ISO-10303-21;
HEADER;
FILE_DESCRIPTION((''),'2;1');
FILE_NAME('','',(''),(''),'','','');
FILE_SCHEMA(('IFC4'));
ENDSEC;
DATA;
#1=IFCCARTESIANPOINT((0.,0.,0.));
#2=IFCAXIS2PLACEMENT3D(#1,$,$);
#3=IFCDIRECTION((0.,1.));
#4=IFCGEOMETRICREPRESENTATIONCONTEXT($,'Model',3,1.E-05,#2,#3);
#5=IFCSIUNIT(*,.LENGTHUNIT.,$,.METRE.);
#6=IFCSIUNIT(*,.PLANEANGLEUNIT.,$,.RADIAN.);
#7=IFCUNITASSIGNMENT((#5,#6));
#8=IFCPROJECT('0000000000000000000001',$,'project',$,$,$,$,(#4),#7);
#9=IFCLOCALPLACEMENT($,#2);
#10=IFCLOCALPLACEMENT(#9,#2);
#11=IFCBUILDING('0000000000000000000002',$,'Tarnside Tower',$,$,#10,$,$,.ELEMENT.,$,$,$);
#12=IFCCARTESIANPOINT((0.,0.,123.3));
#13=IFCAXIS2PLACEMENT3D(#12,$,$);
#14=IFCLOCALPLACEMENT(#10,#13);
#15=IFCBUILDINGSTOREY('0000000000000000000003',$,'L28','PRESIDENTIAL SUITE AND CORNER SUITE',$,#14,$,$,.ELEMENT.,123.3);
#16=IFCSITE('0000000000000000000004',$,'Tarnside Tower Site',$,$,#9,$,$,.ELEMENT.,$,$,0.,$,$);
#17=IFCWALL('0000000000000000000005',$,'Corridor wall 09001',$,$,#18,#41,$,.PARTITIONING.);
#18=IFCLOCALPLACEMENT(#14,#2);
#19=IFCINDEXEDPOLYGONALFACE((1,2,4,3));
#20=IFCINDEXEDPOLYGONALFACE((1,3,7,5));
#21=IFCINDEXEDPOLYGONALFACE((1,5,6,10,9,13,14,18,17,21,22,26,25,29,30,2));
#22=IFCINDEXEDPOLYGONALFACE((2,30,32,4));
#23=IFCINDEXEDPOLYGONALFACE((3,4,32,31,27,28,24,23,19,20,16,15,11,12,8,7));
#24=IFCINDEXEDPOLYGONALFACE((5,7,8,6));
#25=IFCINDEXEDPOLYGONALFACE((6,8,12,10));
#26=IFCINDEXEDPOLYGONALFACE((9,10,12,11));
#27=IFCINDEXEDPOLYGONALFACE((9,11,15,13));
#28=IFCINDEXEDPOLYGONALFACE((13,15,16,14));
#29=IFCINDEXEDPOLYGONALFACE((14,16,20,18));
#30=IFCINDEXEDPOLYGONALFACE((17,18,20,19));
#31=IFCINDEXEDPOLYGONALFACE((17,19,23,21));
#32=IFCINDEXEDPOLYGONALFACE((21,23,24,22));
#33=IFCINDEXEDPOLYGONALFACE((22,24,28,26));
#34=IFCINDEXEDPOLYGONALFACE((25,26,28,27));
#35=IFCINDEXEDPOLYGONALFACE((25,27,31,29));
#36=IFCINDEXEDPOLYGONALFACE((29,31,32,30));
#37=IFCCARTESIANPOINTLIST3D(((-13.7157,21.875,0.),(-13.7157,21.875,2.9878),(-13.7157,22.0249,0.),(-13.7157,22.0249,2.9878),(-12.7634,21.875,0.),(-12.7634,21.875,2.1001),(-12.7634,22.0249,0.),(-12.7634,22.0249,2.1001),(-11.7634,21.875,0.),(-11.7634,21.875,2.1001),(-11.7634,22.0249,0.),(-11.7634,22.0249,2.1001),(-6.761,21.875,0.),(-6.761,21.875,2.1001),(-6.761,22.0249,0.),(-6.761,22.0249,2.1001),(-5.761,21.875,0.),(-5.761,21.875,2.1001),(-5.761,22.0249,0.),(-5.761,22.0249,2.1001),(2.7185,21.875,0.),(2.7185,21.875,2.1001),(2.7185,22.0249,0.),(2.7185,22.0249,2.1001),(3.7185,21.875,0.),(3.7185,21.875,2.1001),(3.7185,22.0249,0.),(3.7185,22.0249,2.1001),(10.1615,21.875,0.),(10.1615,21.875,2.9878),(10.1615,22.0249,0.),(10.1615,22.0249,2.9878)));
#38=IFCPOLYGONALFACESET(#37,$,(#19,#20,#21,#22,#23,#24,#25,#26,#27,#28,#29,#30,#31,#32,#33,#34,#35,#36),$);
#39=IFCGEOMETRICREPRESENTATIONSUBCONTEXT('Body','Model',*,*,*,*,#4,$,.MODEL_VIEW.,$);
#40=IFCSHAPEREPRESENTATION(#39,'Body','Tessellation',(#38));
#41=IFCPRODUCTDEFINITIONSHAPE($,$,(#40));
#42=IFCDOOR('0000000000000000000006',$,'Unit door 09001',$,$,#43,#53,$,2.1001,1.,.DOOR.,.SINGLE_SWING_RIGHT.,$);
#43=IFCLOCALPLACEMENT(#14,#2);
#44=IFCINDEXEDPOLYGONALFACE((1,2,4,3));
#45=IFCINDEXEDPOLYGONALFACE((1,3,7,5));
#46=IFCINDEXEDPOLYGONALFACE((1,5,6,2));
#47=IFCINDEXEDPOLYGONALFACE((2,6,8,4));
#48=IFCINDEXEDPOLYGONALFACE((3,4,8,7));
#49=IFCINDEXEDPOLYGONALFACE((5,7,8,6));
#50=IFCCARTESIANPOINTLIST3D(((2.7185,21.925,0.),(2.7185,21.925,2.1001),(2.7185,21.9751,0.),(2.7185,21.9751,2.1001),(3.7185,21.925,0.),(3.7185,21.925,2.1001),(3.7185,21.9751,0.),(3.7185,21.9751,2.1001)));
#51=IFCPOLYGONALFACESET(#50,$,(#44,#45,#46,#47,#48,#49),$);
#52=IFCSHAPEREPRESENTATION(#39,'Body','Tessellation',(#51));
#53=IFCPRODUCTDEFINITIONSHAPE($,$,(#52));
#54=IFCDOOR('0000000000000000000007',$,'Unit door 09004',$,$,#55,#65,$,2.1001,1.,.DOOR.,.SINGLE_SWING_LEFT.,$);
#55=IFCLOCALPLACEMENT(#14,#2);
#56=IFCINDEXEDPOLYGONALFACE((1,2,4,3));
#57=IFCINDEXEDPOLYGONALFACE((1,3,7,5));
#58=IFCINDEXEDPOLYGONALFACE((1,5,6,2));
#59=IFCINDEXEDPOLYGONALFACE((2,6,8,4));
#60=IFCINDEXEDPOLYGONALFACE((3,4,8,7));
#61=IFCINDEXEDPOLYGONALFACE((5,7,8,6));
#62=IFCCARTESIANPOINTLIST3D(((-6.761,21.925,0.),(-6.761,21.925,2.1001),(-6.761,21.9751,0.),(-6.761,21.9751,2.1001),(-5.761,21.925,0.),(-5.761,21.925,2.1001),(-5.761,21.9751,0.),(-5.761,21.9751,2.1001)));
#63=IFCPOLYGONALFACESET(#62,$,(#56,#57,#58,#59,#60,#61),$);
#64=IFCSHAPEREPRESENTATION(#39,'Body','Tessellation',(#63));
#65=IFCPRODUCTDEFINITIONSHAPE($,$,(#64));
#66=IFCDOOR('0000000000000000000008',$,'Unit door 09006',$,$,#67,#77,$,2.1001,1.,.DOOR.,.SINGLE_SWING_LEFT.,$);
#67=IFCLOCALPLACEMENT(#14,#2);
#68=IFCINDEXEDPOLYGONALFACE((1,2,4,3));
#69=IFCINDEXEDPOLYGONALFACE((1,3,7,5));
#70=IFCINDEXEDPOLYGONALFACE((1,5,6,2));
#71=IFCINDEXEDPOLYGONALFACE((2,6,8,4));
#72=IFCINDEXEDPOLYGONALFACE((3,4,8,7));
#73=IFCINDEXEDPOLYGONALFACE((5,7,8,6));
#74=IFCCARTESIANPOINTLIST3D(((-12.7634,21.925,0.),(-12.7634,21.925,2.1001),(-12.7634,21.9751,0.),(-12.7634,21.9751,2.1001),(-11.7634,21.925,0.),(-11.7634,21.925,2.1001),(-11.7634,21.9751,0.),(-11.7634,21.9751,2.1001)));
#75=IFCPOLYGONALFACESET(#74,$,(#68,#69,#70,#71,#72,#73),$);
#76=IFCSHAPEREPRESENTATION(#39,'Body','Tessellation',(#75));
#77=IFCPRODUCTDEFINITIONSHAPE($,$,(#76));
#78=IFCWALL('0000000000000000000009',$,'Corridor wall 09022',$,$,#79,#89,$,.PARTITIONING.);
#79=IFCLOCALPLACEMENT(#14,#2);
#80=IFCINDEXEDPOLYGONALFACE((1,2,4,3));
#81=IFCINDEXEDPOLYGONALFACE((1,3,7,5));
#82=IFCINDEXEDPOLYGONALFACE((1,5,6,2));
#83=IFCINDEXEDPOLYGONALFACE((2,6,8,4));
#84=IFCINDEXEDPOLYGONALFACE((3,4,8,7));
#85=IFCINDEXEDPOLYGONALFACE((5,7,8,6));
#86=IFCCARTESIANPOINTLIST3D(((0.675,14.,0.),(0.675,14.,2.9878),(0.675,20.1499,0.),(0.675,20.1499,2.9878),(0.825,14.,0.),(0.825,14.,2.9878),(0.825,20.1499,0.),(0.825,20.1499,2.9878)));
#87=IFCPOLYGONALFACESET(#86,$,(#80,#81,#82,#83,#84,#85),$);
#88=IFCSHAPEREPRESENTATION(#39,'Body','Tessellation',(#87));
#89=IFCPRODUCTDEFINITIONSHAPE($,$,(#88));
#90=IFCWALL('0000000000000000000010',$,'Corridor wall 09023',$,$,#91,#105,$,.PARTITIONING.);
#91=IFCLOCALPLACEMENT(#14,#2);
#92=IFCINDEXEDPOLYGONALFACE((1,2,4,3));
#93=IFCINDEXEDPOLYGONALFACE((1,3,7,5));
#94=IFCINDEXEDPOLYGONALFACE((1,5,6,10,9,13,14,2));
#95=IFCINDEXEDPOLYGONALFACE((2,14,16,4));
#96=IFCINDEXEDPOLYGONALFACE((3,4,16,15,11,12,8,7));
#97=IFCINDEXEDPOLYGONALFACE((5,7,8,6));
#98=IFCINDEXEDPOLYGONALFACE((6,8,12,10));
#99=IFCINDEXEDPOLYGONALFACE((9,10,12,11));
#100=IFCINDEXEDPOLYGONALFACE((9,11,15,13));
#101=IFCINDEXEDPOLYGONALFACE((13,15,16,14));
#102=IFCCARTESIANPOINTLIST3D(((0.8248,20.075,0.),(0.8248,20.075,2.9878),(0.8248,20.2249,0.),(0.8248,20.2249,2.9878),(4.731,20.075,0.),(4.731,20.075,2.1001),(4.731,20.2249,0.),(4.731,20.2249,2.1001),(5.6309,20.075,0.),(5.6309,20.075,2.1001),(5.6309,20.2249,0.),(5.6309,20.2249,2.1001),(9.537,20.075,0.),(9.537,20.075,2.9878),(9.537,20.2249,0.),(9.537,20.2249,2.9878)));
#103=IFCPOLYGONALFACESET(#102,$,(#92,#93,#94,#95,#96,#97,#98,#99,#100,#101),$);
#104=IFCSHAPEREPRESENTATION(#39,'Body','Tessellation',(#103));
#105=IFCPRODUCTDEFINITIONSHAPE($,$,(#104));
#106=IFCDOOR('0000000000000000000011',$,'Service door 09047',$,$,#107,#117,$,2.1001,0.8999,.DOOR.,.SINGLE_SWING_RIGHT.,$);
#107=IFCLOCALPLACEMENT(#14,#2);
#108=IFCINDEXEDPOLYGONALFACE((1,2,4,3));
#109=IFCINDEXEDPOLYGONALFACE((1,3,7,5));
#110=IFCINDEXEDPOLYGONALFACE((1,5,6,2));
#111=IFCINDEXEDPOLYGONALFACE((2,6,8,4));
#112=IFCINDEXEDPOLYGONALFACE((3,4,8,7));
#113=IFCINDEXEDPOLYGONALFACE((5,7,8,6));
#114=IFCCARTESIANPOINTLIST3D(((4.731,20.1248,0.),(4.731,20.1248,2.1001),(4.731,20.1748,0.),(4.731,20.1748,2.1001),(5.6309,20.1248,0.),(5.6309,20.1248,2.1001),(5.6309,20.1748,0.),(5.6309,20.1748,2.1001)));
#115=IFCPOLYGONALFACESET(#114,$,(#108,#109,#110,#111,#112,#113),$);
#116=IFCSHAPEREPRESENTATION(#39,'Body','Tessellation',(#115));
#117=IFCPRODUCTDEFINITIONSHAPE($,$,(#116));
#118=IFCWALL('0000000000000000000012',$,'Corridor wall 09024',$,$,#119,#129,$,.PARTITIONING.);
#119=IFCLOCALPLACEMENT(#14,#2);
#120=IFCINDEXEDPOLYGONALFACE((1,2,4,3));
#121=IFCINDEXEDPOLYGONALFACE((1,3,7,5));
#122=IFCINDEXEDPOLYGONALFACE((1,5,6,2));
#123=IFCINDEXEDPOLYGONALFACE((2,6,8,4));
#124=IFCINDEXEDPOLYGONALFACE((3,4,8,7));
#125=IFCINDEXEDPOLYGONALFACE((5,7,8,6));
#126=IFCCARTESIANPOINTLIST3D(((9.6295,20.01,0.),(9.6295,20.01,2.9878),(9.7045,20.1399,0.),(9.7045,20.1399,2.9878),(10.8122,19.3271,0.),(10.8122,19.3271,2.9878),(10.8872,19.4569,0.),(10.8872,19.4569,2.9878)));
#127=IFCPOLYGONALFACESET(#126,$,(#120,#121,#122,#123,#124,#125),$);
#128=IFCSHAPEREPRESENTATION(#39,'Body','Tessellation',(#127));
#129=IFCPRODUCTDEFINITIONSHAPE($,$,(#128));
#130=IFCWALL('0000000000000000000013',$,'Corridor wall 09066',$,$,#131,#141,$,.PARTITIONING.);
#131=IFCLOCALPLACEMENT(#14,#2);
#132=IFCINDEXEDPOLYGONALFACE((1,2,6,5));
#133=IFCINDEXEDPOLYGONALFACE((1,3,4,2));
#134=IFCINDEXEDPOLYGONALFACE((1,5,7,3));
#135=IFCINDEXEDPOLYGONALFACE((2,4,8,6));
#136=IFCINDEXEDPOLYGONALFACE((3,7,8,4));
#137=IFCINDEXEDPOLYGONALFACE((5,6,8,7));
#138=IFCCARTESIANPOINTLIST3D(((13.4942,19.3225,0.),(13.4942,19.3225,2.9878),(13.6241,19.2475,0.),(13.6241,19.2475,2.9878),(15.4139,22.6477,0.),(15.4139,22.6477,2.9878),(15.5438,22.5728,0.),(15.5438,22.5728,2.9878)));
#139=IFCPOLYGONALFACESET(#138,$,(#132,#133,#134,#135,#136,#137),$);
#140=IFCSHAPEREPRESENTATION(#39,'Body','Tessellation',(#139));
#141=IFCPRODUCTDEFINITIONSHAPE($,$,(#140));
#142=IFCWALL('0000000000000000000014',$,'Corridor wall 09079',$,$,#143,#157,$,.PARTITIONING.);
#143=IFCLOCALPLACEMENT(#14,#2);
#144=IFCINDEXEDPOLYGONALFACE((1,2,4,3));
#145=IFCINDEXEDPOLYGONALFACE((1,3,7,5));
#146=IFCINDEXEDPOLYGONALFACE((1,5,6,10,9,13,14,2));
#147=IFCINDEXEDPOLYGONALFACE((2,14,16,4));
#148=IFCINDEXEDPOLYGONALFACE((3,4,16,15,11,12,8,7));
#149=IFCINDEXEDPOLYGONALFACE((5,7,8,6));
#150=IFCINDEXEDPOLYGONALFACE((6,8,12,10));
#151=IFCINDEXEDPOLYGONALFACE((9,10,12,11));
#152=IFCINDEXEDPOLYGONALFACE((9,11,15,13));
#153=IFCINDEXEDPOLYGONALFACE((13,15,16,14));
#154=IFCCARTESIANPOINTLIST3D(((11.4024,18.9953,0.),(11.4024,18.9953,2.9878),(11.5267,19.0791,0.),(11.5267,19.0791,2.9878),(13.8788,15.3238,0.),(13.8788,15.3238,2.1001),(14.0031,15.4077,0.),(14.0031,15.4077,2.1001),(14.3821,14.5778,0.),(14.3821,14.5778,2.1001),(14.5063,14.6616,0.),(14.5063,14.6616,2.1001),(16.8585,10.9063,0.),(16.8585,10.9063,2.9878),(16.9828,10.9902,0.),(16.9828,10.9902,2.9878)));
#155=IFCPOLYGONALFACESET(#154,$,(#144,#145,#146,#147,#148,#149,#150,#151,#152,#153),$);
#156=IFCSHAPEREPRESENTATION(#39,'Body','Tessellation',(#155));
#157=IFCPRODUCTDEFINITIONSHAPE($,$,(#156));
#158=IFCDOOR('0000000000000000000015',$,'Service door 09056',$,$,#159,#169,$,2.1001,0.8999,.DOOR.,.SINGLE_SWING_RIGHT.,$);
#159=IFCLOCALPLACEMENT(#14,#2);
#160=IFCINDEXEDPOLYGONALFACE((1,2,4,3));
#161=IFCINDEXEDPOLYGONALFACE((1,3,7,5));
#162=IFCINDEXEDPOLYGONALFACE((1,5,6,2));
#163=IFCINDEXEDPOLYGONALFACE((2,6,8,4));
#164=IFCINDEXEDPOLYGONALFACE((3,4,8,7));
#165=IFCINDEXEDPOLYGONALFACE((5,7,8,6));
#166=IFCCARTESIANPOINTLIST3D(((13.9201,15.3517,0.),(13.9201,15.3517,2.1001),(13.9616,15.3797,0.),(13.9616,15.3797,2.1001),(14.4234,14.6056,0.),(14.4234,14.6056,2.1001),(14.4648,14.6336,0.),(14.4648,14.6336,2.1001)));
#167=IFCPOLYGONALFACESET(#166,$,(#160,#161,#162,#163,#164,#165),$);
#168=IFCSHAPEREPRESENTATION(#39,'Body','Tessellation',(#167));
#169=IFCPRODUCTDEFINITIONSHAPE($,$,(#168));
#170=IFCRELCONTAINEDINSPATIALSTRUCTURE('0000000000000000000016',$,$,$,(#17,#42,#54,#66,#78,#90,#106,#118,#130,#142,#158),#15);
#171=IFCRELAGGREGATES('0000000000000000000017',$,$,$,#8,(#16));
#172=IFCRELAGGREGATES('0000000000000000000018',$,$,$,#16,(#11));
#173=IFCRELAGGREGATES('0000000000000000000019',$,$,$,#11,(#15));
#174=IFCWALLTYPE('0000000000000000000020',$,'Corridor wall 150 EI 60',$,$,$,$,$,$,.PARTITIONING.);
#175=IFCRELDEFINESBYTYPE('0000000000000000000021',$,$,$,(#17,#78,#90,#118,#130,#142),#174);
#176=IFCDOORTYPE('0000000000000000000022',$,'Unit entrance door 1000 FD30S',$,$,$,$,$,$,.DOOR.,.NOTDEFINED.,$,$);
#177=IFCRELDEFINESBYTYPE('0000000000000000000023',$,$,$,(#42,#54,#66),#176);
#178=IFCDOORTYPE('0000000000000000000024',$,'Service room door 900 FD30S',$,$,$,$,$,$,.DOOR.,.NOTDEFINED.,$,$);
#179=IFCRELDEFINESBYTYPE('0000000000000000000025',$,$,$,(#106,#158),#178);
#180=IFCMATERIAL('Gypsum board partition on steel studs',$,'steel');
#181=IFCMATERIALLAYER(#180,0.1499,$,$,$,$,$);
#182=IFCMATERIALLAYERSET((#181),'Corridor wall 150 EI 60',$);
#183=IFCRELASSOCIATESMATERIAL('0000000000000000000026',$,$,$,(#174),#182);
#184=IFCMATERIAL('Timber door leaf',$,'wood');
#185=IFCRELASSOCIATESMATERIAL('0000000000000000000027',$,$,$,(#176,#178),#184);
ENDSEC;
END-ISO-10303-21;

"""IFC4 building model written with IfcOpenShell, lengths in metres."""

from ifc_helpers import new_model, si_unit, direction, frame, frame_2d, origin, place, context, subcontext, project, spatial, rectangle, extrude, material, layer, layer_set, type_object, element, fill, save


model = new_model("IFC4")

# Units and contexts
model_context = context("Model", 3, precision=1e-05, world=origin(), true_north=direction((0.0, 1.0)))
body_context = subcontext(model_context, "Body", "Model", "MODEL_VIEW")
ifc_project = project(units=[si_unit("LENGTHUNIT", "METRE"), si_unit("PLANEANGLEUNIT", "RADIAN")], contexts=[model_context])

# Site, building, storey
site_placement = place(None, origin())
site = spatial("IfcSite", under=ifc_project, at=site_placement, Name="Tarnside Tower Site", CompositionType="ELEMENT", RefElevation=0.0)
building_placement = place(site_placement, origin())
building = spatial("IfcBuilding", under=site, at=building_placement, Name="Tarnside Tower", CompositionType="ELEMENT")
storey_placement = place(building_placement, frame((0.0, 0.0, 123.3)))
storey = spatial("IfcBuildingStorey", under=building, at=storey_placement, Name="L28", Description="PRESIDENTIAL SUITE AND CORNER SUITE", CompositionType="ELEMENT", Elevation=123.3)

# Shared definitions
ifc_material_1 = material(Name="Gypsum board partition on steel studs", Category="steel")
ifc_material_2 = material(Name="Timber door leaf", Category="wood")

# Wall, openings, doors
ifc_layer_1 = layer(ifc_material_1, 0.1499)
ifc_layer_set_1 = layer_set([ifc_layer_1], Name="Corridor wall 150 EI 60")
wall_type_1 = type_object("IfcWallType", Name="Corridor wall 150 EI 60", PredefinedType="PARTITIONING", material=ifc_layer_set_1)
wall_1_placement = place(storey_placement, frame((10.1614, 21.95, 0.0), z_axis=(0.0, 0.0, 1.0), x_axis=(-1.0, 0.0, 0.0)))
wall_1 = element("IfcWall", 1, at=wall_1_placement, inside=storey, type_object=wall_type_1, Name="Corridor wall 09001", PredefinedType="PARTITIONING", context=body_context, shape_type="SweptSolid", body=[
    extrude(rectangle(XDim=23.8772, YDim=0.1499, at=frame_2d((11.9385, 0.0))), origin(), (0.0, 0.0, 1.0), 2.9878),
])
opening_1_placement = place(wall_1_placement, frame((6.4429, 0.0, 0.0)))
opening_1 = element("IfcOpeningElement", 2, at=opening_1_placement, cuts=wall_1, PredefinedType="OPENING", context=body_context, shape_type="SweptSolid", body=[
    extrude(rectangle(XDim=1.0, YDim=2.1001, at=frame_2d((0.5, 1.05))), frame((0.0, 0.085, 0.0), z_axis=(0.0, -1.0, 0.0), x_axis=(1.0, 0.0, 0.0)), (0.0, 0.0, 1.0), 0.1699),
])
opening_2_placement = place(wall_1_placement, frame((15.9224, 0.0, 0.0)))
opening_2 = element("IfcOpeningElement", 3, at=opening_2_placement, cuts=wall_1, PredefinedType="OPENING", context=body_context, shape_type="SweptSolid", body=[
    extrude(rectangle(XDim=1.0, YDim=2.1001, at=frame_2d((0.5, 1.05))), frame((0.0, 0.085, 0.0), z_axis=(0.0, -1.0, 0.0), x_axis=(1.0, 0.0, 0.0)), (0.0, 0.0, 1.0), 0.1699),
])
opening_3_placement = place(wall_1_placement, frame((21.9248, 0.0, 0.0)))
opening_3 = element("IfcOpeningElement", 4, at=opening_3_placement, cuts=wall_1, PredefinedType="OPENING", context=body_context, shape_type="SweptSolid", body=[
    extrude(rectangle(XDim=1.0, YDim=2.1001, at=frame_2d((0.5, 1.05))), frame((0.0, 0.085, 0.0), z_axis=(0.0, -1.0, 0.0), x_axis=(1.0, 0.0, 0.0)), (0.0, 0.0, 1.0), 0.1699),
])
door_type_1 = type_object("IfcDoorType", Name="Unit entrance door 1000 FD30S", OperationType="NOTDEFINED", PredefinedType="DOOR", material=ifc_material_2)
door_1_placement = place(opening_1_placement, origin())
door_1 = element("IfcDoor", 5, at=door_1_placement, inside=storey, type_object=door_type_1, Name="Unit door 09001", OperationType="SINGLE_SWING_RIGHT", OverallHeight=2.1001, OverallWidth=1.0, PredefinedType="DOOR", context=body_context, shape_type="SweptSolid", body=[
    extrude(rectangle(XDim=1.0, YDim=2.1001, at=frame_2d((0.5, 1.05))), frame((0.0, 0.0249, 0.0), z_axis=(0.0, -1.0, 0.0), x_axis=(1.0, 0.0, 0.0)), (0.0, 0.0, 1.0), 0.05),
])
fill(opening_1, door_1)
door_2_placement = place(opening_2_placement, origin())
door_2 = element("IfcDoor", 6, at=door_2_placement, inside=storey, type_object=door_type_1, Name="Unit door 09004", OperationType="SINGLE_SWING_LEFT", OverallHeight=2.1001, OverallWidth=1.0, PredefinedType="DOOR", context=body_context, shape_type="SweptSolid", body=[
    extrude(rectangle(XDim=1.0, YDim=2.1001, at=frame_2d((0.5, 1.05))), frame((0.0, 0.0249, 0.0), z_axis=(0.0, -1.0, 0.0), x_axis=(1.0, 0.0, 0.0)), (0.0, 0.0, 1.0), 0.05),
])
fill(opening_2, door_2)
door_3_placement = place(opening_3_placement, origin())
door_3 = element("IfcDoor", 7, at=door_3_placement, inside=storey, type_object=door_type_1, Name="Unit door 09006", OperationType="SINGLE_SWING_LEFT", OverallHeight=2.1001, OverallWidth=1.0, PredefinedType="DOOR", context=body_context, shape_type="SweptSolid", body=[
    extrude(rectangle(XDim=1.0, YDim=2.1001, at=frame_2d((0.5, 1.05))), frame((0.0, 0.0249, 0.0), z_axis=(0.0, -1.0, 0.0), x_axis=(1.0, 0.0, 0.0)), (0.0, 0.0, 1.0), 0.05),
])
fill(opening_3, door_3)

# Wall
wall_2_placement = place(storey_placement, frame((0.75, 14.0, 0.0), z_axis=(0.0, 0.0, 1.0), x_axis=(0.0, 1.0, 0.0)))
element("IfcWall", 8, at=wall_2_placement, inside=storey, type_object=wall_type_1, Name="Corridor wall 09022", PredefinedType="PARTITIONING", context=body_context, shape_type="SweptSolid", body=[
    extrude(rectangle(XDim=6.1499, YDim=0.1499, at=frame_2d((3.075, 0.0))), origin(), (0.0, 0.0, 1.0), 2.9878),
])

# Wall, opening, door
wall_3_placement = place(storey_placement, frame((0.825, 20.1499, 0.0), z_axis=(0.0, 0.0, 1.0), x_axis=(1.0, 0.0, 0.0)))
wall_3 = element("IfcWall", 9, at=wall_3_placement, inside=storey, type_object=wall_type_1, Name="Corridor wall 09023", PredefinedType="PARTITIONING", context=body_context, shape_type="SweptSolid", body=[
    extrude(rectangle(XDim=8.7122, YDim=0.1499, at=frame_2d((4.356, 0.0))), origin(), (0.0, 0.0, 1.0), 2.9878),
])
opening_4_placement = place(wall_3_placement, frame((3.906, 0.0, 0.0)))
opening_4 = element("IfcOpeningElement", 10, at=opening_4_placement, cuts=wall_3, PredefinedType="OPENING", context=body_context, shape_type="SweptSolid", body=[
    extrude(rectangle(XDim=0.8999, YDim=2.1001, at=frame_2d((0.45, 1.05))), frame((0.0, 0.085, 0.0), z_axis=(0.0, -1.0, 0.0), x_axis=(1.0, 0.0, 0.0)), (0.0, 0.0, 1.0), 0.1699),
])
door_type_2 = type_object("IfcDoorType", Name="Service room door 900 FD30S", OperationType="NOTDEFINED", PredefinedType="DOOR", material=ifc_material_2)
door_4_placement = place(opening_4_placement, origin())
door_4 = element("IfcDoor", 11, at=door_4_placement, inside=storey, type_object=door_type_2, Name="Service door 09047", OperationType="SINGLE_SWING_RIGHT", OverallHeight=2.1001, OverallWidth=0.8999, PredefinedType="DOOR", context=body_context, shape_type="SweptSolid", body=[
    extrude(rectangle(XDim=0.8999, YDim=2.1001, at=frame_2d((0.45, 1.05))), frame((0.0, 0.0249, 0.0), z_axis=(0.0, -1.0, 0.0), x_axis=(1.0, 0.0, 0.0)), (0.0, 0.0, 1.0), 0.05),
])
fill(opening_4, door_4)

# Walls
wall_4_placement = place(storey_placement, frame((9.667, 20.075, 0.0), z_axis=(0.0, 0.0, 1.0), x_axis=(0.866001, -0.500042, 0.0)))
element("IfcWall", 12, at=wall_4_placement, inside=storey, type_object=wall_type_1, Name="Corridor wall 09024", PredefinedType="PARTITIONING", context=body_context, shape_type="SweptSolid", body=[
    extrude(rectangle(XDim=1.3657, YDim=0.1499, at=frame_2d((0.6829, 0.0))), origin(), (0.0, 0.0, 1.0), 2.9878),
])
wall_5_placement = place(storey_placement, frame((13.5591, 19.2849, 0.0), z_axis=(0.0, 0.0, 1.0), x_axis=(0.499976, 0.866039, 0.0)))
element("IfcWall", 13, at=wall_5_placement, inside=storey, type_object=wall_type_1, Name="Corridor wall 09066", PredefinedType="PARTITIONING", context=body_context, shape_type="SweptSolid", body=[
    extrude(rectangle(XDim=3.8396, YDim=0.1499, at=frame_2d((1.9199, 0.0))), origin(), (0.0, 0.0, 1.0), 2.9878),
])

# Wall, opening, door
wall_6_placement = place(storey_placement, frame((11.4646, 19.0371, 0.0), z_axis=(0.0, 0.0, 1.0), x_axis=(0.559196, -0.829035, 0.0)))
wall_6 = element("IfcWall", 14, at=wall_6_placement, inside=storey, type_object=wall_type_1, Name="Corridor wall 09079", PredefinedType="PARTITIONING", context=body_context, shape_type="SweptSolid", body=[
    extrude(rectangle(XDim=9.7571, YDim=0.1499, at=frame_2d((4.8784, 0.0))), origin(), (0.0, 0.0, 1.0), 2.9878),
])
opening_5_placement = place(wall_6_placement, frame((4.4285, 0.0, 0.0)))
opening_5 = element("IfcOpeningElement", 15, at=opening_5_placement, cuts=wall_6, PredefinedType="OPENING", context=body_context, shape_type="SweptSolid", body=[
    extrude(rectangle(XDim=0.8999, YDim=2.1001, at=frame_2d((0.45, 1.05))), frame((0.0, 0.085, 0.0), z_axis=(0.0, -1.0, 0.0), x_axis=(1.0, 0.0, 0.0)), (0.0, 0.0, 1.0), 0.1699),
])
door_5_placement = place(opening_5_placement, origin())
door_5 = element("IfcDoor", 16, at=door_5_placement, inside=storey, type_object=door_type_2, Name="Service door 09056", OperationType="SINGLE_SWING_RIGHT", OverallHeight=2.1001, OverallWidth=0.8999, PredefinedType="DOOR", context=body_context, shape_type="SweptSolid", body=[
    extrude(rectangle(XDim=0.8999, YDim=2.1001, at=frame_2d((0.45, 1.05))), frame((0.0, 0.0249, 0.0), z_axis=(0.0, -1.0, 0.0), x_axis=(1.0, 0.0, 0.0)), (0.0, 0.0, 1.0), 0.05),
])
fill(opening_5, door_5)

save(model, "model.ifc")
